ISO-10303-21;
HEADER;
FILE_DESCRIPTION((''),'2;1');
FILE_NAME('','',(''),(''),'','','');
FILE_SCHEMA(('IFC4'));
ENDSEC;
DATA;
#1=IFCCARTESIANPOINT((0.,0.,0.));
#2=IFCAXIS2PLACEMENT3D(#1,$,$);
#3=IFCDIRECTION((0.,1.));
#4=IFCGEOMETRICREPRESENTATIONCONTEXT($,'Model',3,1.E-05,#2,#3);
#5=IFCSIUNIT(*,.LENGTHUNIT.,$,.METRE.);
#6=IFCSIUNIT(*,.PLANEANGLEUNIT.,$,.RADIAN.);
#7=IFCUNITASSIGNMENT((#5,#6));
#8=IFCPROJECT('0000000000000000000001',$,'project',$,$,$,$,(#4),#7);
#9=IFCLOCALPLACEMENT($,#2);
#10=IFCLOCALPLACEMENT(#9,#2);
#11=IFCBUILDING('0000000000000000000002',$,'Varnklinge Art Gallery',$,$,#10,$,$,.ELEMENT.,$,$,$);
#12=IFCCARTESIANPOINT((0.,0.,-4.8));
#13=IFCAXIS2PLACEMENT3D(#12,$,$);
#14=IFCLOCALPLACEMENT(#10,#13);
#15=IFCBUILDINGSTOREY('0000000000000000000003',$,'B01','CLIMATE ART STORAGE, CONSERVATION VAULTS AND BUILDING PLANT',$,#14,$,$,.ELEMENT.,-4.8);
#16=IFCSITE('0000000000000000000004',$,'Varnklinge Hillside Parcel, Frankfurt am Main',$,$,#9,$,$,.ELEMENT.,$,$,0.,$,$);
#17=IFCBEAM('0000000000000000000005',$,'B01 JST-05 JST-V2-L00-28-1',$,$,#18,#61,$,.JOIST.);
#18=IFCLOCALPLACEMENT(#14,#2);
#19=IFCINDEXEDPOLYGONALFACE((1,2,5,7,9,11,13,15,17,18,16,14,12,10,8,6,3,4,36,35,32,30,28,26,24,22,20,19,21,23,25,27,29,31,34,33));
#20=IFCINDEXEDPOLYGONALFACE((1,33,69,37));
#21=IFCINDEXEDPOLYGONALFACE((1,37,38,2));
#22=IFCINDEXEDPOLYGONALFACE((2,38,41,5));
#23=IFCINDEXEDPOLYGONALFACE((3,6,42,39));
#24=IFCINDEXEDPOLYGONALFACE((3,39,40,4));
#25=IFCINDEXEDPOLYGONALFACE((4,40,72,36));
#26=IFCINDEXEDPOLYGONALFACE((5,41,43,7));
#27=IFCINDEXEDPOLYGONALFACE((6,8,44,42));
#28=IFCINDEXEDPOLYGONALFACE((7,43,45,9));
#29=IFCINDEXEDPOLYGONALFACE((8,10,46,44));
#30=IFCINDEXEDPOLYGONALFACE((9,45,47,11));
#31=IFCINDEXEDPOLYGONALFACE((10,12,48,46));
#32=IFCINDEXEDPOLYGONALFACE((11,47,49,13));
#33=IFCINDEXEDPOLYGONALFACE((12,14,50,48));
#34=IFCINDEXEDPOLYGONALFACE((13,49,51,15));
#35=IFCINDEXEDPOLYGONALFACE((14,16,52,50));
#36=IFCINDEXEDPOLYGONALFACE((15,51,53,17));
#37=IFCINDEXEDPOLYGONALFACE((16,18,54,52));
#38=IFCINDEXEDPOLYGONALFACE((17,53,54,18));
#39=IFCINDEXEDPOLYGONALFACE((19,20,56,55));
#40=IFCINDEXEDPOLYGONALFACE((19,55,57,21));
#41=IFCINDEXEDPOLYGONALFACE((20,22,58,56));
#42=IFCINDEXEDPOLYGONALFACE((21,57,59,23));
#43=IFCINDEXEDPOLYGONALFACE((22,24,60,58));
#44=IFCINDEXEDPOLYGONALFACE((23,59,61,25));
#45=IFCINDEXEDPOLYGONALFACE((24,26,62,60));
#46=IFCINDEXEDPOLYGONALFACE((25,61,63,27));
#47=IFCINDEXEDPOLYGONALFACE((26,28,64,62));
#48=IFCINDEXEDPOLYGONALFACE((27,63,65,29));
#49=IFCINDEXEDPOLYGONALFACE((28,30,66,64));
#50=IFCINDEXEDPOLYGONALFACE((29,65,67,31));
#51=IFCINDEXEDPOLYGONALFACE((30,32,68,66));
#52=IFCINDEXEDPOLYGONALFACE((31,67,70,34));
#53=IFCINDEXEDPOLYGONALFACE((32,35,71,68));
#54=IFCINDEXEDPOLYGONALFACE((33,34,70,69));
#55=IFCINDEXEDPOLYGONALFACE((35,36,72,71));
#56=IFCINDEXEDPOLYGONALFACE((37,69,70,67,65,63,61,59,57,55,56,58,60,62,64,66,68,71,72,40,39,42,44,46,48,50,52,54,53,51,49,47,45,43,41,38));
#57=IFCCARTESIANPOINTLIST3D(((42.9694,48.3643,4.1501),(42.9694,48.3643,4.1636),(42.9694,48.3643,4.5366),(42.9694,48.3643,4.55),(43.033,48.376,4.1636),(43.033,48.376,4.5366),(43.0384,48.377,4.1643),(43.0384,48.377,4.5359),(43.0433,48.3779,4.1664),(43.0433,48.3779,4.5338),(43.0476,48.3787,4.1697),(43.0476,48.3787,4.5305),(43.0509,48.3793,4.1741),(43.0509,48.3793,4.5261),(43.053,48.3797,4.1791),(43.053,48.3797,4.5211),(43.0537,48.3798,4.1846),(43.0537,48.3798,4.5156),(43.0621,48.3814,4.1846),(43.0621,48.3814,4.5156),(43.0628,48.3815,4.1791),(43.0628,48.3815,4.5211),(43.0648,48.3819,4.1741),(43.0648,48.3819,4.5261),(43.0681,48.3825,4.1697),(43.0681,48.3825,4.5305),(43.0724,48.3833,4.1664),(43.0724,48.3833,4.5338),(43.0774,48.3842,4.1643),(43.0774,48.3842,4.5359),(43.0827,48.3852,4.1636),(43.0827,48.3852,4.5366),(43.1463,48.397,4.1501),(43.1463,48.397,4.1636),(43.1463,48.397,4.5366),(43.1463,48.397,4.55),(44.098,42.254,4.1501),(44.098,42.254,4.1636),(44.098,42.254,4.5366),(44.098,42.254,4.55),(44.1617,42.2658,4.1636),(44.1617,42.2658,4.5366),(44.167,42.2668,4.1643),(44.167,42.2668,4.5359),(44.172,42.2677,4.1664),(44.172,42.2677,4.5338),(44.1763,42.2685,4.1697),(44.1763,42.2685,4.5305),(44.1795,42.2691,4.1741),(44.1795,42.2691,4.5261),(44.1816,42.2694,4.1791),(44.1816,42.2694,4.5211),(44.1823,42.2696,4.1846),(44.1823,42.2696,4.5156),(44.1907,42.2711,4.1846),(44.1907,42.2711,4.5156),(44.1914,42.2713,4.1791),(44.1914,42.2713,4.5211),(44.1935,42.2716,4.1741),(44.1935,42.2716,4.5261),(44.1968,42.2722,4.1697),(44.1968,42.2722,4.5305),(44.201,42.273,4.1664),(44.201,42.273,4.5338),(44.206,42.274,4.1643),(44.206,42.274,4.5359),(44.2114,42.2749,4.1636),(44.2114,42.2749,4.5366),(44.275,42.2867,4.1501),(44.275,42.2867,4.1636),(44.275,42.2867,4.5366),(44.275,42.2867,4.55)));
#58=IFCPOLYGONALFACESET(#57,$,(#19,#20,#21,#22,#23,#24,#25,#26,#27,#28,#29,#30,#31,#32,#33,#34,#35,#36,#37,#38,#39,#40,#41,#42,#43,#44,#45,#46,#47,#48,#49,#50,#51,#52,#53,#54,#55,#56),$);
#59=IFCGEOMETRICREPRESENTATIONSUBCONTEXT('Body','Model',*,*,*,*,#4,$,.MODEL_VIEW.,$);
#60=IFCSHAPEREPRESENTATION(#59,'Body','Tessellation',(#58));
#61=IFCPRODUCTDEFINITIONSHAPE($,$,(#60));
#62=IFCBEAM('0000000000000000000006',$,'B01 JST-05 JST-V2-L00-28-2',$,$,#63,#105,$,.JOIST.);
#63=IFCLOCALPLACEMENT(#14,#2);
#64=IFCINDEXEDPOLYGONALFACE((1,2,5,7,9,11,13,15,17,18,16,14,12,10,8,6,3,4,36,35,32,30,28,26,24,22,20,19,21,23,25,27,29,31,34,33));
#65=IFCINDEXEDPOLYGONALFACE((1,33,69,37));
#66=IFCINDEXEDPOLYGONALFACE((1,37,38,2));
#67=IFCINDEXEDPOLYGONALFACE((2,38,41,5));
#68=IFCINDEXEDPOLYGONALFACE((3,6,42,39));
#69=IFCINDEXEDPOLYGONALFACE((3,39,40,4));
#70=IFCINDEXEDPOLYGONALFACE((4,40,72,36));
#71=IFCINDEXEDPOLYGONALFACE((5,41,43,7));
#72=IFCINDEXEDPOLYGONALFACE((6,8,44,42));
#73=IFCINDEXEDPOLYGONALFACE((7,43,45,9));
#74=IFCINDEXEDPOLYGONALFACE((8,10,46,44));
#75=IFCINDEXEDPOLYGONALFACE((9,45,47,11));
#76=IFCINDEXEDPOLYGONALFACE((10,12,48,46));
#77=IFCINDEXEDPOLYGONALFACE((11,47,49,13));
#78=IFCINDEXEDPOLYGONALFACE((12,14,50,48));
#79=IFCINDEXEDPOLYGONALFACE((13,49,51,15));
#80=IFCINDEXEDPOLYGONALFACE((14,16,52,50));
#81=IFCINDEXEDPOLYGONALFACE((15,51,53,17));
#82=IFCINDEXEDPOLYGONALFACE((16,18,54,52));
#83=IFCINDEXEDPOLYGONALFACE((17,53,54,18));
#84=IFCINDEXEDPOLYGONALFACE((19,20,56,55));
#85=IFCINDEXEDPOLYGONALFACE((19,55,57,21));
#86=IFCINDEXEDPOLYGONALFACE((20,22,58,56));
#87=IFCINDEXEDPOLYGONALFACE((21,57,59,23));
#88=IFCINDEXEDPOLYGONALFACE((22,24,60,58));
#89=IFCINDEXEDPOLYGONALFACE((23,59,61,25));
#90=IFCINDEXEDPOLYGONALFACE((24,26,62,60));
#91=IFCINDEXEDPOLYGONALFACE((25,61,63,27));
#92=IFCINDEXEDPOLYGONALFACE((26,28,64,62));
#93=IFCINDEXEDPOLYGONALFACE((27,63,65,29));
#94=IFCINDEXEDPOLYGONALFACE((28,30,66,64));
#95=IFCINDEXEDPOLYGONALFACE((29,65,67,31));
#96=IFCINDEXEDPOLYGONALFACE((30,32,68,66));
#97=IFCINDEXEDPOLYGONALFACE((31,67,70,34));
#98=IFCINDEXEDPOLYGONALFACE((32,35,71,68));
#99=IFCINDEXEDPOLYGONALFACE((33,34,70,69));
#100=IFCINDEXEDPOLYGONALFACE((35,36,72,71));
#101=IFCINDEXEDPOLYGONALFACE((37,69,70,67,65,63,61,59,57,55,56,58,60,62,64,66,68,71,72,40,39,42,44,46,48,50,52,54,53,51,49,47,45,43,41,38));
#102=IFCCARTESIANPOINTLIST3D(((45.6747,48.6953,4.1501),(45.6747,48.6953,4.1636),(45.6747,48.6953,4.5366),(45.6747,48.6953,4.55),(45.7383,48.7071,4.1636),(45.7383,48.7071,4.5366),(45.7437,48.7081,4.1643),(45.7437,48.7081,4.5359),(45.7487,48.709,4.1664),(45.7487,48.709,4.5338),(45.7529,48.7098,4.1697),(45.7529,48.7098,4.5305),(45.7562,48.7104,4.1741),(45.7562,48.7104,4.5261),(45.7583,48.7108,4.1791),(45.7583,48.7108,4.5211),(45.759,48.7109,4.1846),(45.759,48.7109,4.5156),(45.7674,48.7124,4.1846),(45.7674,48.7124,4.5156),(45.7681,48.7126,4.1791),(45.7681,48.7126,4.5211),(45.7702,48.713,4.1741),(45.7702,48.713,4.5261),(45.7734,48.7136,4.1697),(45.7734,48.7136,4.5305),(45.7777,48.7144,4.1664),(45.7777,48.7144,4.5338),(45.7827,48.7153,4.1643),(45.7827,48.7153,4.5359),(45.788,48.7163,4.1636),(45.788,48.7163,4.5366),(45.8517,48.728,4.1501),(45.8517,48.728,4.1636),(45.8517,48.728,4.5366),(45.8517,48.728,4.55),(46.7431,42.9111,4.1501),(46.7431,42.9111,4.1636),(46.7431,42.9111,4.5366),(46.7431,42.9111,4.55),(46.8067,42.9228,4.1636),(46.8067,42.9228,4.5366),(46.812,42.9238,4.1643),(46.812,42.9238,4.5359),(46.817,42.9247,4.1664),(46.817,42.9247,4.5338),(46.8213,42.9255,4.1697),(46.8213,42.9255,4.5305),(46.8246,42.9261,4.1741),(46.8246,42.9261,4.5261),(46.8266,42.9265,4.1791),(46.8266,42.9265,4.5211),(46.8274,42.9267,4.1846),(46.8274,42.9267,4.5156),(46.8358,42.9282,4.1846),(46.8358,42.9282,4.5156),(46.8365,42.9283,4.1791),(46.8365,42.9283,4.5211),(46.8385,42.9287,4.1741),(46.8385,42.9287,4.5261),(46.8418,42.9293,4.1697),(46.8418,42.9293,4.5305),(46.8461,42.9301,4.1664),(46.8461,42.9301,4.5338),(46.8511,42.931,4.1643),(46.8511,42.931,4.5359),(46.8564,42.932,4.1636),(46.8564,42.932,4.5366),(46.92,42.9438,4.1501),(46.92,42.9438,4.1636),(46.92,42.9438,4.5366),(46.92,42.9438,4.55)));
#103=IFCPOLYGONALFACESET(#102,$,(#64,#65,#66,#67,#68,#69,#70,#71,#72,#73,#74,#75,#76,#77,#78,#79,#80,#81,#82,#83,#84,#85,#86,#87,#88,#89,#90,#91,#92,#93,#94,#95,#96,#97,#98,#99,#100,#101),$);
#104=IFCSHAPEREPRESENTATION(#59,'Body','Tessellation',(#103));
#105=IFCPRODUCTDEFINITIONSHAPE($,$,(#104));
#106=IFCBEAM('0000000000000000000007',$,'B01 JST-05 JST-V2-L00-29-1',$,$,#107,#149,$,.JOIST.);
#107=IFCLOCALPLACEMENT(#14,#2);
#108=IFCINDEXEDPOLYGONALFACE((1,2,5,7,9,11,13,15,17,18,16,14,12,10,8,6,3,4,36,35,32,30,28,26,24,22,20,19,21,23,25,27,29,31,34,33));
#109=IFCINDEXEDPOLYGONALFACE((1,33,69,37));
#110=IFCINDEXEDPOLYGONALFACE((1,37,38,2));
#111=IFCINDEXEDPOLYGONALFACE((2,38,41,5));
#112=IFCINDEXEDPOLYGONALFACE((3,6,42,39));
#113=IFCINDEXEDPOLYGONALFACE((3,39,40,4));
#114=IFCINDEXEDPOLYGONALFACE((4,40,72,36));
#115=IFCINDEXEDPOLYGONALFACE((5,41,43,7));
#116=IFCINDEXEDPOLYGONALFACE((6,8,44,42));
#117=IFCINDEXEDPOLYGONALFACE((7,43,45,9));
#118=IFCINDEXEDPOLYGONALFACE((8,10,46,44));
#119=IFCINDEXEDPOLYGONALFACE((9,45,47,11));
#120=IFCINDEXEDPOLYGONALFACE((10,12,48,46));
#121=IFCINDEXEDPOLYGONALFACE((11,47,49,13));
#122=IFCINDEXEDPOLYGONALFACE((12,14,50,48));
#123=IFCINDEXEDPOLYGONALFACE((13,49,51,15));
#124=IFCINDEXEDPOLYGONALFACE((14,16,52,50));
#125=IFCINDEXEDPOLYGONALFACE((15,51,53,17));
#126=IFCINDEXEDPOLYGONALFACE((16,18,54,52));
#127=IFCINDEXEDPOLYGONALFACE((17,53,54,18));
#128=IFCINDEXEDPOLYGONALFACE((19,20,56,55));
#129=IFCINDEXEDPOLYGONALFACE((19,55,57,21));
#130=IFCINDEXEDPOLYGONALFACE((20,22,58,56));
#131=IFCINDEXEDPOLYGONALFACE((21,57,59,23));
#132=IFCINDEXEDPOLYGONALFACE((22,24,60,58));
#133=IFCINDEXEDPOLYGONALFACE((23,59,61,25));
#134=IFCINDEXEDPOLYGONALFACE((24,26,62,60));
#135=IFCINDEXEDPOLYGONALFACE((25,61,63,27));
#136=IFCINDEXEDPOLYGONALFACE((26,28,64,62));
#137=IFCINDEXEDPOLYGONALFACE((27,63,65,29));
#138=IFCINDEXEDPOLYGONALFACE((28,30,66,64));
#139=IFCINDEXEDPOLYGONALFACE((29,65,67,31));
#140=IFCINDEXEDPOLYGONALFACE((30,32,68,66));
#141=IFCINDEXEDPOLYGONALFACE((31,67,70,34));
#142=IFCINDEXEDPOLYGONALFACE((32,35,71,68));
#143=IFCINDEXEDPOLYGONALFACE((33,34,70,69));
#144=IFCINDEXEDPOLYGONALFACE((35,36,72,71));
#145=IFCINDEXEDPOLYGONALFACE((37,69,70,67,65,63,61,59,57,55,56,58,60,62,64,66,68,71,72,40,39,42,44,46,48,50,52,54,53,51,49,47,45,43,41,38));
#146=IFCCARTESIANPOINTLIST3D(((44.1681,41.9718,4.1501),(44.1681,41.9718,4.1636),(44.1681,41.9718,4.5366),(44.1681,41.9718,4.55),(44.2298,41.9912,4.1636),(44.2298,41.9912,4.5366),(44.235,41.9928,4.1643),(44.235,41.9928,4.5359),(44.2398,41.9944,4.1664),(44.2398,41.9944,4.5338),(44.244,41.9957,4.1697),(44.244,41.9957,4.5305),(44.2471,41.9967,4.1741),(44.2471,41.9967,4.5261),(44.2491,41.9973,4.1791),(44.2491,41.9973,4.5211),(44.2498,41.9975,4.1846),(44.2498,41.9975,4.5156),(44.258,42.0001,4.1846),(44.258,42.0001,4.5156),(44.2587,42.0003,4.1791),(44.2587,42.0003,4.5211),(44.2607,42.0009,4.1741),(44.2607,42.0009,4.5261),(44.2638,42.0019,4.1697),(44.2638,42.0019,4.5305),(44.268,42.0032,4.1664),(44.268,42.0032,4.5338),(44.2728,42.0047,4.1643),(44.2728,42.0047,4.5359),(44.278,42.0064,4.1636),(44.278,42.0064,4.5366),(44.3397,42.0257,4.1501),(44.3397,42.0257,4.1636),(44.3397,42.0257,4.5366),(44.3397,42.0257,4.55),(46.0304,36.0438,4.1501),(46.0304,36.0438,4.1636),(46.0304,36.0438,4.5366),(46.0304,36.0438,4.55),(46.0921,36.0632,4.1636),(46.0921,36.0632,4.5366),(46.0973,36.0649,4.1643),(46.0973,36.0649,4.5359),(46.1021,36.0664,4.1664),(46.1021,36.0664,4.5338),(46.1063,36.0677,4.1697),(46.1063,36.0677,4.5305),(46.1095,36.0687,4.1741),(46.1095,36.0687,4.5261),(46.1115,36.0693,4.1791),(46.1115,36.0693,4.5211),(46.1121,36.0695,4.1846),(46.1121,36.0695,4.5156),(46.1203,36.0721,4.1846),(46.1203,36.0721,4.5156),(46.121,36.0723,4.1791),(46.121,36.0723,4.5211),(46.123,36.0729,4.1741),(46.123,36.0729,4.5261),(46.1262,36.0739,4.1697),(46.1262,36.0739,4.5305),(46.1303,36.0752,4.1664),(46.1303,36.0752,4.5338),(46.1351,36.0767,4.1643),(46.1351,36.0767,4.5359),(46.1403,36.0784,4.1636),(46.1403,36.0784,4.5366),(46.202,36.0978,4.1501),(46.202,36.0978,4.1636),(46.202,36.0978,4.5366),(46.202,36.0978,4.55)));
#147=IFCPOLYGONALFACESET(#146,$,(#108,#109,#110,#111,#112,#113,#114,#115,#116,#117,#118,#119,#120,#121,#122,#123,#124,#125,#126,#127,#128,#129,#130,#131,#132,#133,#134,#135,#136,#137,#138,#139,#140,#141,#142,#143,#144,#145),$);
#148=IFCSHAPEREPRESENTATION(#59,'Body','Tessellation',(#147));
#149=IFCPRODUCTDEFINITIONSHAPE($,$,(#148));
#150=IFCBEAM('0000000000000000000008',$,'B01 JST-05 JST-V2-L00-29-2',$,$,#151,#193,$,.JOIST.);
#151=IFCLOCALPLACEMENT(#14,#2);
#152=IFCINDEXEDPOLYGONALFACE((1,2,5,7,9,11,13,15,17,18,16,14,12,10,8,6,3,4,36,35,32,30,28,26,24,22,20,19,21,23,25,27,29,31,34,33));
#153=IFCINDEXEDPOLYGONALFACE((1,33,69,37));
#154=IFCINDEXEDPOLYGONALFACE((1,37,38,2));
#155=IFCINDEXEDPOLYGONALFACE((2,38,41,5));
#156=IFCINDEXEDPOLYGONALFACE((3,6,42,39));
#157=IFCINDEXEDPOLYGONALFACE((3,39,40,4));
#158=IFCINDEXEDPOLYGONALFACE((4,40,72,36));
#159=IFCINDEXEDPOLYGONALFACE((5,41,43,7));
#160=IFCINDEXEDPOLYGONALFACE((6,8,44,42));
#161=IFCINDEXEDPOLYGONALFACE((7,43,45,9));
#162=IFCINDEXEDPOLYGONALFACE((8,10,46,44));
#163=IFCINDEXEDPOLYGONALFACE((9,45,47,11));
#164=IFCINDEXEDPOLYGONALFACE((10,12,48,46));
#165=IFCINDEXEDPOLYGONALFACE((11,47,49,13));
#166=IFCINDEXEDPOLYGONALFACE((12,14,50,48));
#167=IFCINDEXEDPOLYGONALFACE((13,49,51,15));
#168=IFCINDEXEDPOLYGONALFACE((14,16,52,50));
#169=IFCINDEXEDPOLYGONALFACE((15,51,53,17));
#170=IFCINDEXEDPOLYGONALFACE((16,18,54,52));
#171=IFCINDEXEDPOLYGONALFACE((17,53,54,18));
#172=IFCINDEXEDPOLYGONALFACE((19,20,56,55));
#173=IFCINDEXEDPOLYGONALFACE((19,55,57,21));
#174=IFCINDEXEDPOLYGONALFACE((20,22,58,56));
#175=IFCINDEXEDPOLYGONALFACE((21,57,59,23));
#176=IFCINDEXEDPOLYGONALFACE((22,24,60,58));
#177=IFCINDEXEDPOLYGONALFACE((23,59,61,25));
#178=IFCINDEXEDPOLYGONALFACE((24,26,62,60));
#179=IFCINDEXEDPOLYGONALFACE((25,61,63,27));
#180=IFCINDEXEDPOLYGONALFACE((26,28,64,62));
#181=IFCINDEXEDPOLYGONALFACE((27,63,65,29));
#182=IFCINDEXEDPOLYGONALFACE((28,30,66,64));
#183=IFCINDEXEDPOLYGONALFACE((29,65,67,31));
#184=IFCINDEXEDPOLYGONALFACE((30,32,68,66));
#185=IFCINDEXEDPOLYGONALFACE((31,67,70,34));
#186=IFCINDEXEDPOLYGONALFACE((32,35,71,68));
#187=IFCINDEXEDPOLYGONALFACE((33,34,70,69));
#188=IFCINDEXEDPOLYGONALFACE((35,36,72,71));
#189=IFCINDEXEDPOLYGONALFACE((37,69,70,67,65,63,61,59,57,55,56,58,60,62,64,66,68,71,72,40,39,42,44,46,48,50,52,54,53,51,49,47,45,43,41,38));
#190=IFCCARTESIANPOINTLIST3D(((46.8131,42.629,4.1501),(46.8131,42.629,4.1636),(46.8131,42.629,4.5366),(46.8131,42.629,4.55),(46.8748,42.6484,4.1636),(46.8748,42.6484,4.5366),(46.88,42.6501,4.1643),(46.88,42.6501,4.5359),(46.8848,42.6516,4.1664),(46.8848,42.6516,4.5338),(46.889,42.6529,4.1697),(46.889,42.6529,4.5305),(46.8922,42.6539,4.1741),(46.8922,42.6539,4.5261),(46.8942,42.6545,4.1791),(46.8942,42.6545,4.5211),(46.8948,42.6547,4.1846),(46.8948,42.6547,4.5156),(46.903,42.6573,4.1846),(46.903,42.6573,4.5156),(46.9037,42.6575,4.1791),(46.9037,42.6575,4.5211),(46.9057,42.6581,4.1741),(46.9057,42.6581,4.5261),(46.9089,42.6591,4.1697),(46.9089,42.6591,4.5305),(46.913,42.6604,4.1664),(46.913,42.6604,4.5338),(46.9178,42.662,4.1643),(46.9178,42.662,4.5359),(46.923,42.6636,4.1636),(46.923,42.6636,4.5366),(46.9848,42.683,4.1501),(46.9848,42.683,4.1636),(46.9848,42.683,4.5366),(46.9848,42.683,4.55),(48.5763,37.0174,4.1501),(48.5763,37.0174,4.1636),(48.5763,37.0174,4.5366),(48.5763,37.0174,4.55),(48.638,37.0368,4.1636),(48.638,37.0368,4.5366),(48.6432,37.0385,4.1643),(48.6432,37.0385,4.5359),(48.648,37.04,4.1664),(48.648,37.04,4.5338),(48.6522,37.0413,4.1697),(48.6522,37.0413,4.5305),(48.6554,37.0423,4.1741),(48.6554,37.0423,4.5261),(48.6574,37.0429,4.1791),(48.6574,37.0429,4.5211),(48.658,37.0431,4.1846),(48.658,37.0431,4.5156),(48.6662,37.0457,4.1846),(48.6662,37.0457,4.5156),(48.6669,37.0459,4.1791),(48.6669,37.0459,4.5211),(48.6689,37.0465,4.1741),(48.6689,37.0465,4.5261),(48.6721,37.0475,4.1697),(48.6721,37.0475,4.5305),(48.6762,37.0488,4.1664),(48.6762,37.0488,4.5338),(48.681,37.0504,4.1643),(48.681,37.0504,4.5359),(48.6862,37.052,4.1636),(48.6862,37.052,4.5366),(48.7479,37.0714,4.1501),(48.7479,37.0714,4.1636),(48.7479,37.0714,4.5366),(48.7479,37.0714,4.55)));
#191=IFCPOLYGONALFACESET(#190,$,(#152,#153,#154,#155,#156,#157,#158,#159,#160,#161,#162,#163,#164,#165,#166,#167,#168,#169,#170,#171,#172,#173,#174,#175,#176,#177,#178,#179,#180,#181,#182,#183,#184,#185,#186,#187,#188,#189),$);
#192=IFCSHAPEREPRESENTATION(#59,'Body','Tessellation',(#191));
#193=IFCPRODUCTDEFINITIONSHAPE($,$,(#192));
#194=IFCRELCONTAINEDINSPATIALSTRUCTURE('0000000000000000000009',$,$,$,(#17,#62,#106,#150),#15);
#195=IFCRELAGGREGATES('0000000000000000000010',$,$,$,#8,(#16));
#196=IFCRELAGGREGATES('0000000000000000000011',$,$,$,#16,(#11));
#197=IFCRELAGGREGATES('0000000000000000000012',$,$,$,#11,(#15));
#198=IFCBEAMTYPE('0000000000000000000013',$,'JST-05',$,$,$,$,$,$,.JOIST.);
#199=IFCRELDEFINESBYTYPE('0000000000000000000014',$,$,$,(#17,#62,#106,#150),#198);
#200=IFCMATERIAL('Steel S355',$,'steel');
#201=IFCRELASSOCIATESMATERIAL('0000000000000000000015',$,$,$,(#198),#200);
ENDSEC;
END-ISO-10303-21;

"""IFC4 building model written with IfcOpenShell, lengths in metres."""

from ifc_helpers import new_model, si_unit, direction, frame, origin, origin_2d, place, context, subcontext, project, spatial, i_section, extrude, material, material_profile, profile_set, type_object, element, save


model = new_model("IFC4")

# Units and contexts
model_context = context("Model", 3, precision=1e-05, world=origin(), true_north=direction((0.0, 1.0)))
body_context = subcontext(model_context, "Body", "Model", "MODEL_VIEW")
ifc_project = project(units=[si_unit("LENGTHUNIT", "METRE"), si_unit("PLANEANGLEUNIT", "RADIAN")], contexts=[model_context])

# Site, building, storey
site_placement = place(None, origin())
site = spatial("IfcSite", under=ifc_project, at=site_placement, Name="Varnklinge Hillside Parcel, Frankfurt am Main", CompositionType="ELEMENT", RefElevation=0.0)
building_placement = place(site_placement, origin())
building = spatial("IfcBuilding", under=site, at=building_placement, Name="Varnklinge Art Gallery", CompositionType="ELEMENT")
storey_placement = place(building_placement, frame((0.0, 0.0, -4.8)))
storey = spatial("IfcBuildingStorey", under=building, at=storey_placement, Name="B01", Description="CLIMATE ART STORAGE, CONSERVATION VAULTS AND BUILDING PLANT", CompositionType="ELEMENT", Elevation=-4.8)

# Beams
ifc_material_1 = material(Name="Steel S355", Category="steel")
ifc_material_profile_1 = material_profile(ifc_material_1, i_section(OverallWidth=0.1799, OverallDepth=0.3999, WebThickness=0.0085, FlangeThickness=0.0134, FilletRadius=0.021, at=origin_2d()), Name="IPE 400")
ifc_profile_set_1 = profile_set([ifc_material_profile_1], Name="Steel S355")
beam_type_1 = type_object("IfcBeamType", Name="JST-05", PredefinedType="JOIST", material=ifc_profile_set_1)
beam_1_placement = place(storey_placement, frame((43.0579, 48.3806, 4.3501), z_axis=(0.18164, -0.983365, 0.0), x_axis=(0.983365, 0.18164, 0.0)))
element("IfcBeam", 1, at=beam_1_placement, inside=storey, type_object=beam_type_1, Name="B01 JST-05 JST-V2-L00-28-1", PredefinedType="JOIST", context=body_context, shape_type="SweptSolid", body=[
    extrude(i_section(OverallWidth=0.1799, OverallDepth=0.3999, WebThickness=0.0085, FlangeThickness=0.0134, FilletRadius=0.021, at=origin_2d()), origin(), (0.0, 0.0, 1.0), 6.2136),
])
beam_2_placement = place(storey_placement, frame((45.7632, 48.7117, 4.3501), z_axis=(0.181631, -0.983367, 0.0), x_axis=(0.983367, 0.181631, 0.0)))
element("IfcBeam", 2, at=beam_2_placement, inside=storey, type_object=beam_type_1, Name="B01 JST-05 JST-V2-L00-28-2", PredefinedType="JOIST", context=body_context, shape_type="SweptSolid", body=[
    extrude(i_section(OverallWidth=0.1799, OverallDepth=0.3999, WebThickness=0.0085, FlangeThickness=0.0134, FilletRadius=0.021, at=origin_2d()), origin(), (0.0, 0.0, 1.0), 5.8821),
])
beam_3_placement = place(storey_placement, frame((44.2539, 41.9988, 4.3501), z_axis=(0.299713, -0.954029, 0.0), x_axis=(0.954029, 0.299713, 0.0)))
element("IfcBeam", 3, at=beam_3_placement, inside=storey, type_object=beam_type_1, Name="B01 JST-05 JST-V2-L00-29-1", PredefinedType="JOIST", context=body_context, shape_type="SweptSolid", body=[
    extrude(i_section(OverallWidth=0.1799, OverallDepth=0.3999, WebThickness=0.0085, FlangeThickness=0.0134, FilletRadius=0.021, at=origin_2d()), origin(), (0.0, 0.0, 1.0), 6.2136),
])
beam_4_placement = place(storey_placement, frame((46.8989, 42.656, 4.3501), z_axis=(0.299756, -0.954016, 0.0), x_axis=(0.954016, 0.299756, 0.0)))
element("IfcBeam", 4, at=beam_4_placement, inside=storey, type_object=beam_type_1, Name="B01 JST-05 JST-V2-L00-29-2", PredefinedType="JOIST", context=body_context, shape_type="SweptSolid", body=[
    extrude(i_section(OverallWidth=0.1799, OverallDepth=0.3999, WebThickness=0.0085, FlangeThickness=0.0134, FilletRadius=0.021, at=origin_2d()), origin(), (0.0, 0.0, 1.0), 5.8821),
])

save(model, "model.ifc")
